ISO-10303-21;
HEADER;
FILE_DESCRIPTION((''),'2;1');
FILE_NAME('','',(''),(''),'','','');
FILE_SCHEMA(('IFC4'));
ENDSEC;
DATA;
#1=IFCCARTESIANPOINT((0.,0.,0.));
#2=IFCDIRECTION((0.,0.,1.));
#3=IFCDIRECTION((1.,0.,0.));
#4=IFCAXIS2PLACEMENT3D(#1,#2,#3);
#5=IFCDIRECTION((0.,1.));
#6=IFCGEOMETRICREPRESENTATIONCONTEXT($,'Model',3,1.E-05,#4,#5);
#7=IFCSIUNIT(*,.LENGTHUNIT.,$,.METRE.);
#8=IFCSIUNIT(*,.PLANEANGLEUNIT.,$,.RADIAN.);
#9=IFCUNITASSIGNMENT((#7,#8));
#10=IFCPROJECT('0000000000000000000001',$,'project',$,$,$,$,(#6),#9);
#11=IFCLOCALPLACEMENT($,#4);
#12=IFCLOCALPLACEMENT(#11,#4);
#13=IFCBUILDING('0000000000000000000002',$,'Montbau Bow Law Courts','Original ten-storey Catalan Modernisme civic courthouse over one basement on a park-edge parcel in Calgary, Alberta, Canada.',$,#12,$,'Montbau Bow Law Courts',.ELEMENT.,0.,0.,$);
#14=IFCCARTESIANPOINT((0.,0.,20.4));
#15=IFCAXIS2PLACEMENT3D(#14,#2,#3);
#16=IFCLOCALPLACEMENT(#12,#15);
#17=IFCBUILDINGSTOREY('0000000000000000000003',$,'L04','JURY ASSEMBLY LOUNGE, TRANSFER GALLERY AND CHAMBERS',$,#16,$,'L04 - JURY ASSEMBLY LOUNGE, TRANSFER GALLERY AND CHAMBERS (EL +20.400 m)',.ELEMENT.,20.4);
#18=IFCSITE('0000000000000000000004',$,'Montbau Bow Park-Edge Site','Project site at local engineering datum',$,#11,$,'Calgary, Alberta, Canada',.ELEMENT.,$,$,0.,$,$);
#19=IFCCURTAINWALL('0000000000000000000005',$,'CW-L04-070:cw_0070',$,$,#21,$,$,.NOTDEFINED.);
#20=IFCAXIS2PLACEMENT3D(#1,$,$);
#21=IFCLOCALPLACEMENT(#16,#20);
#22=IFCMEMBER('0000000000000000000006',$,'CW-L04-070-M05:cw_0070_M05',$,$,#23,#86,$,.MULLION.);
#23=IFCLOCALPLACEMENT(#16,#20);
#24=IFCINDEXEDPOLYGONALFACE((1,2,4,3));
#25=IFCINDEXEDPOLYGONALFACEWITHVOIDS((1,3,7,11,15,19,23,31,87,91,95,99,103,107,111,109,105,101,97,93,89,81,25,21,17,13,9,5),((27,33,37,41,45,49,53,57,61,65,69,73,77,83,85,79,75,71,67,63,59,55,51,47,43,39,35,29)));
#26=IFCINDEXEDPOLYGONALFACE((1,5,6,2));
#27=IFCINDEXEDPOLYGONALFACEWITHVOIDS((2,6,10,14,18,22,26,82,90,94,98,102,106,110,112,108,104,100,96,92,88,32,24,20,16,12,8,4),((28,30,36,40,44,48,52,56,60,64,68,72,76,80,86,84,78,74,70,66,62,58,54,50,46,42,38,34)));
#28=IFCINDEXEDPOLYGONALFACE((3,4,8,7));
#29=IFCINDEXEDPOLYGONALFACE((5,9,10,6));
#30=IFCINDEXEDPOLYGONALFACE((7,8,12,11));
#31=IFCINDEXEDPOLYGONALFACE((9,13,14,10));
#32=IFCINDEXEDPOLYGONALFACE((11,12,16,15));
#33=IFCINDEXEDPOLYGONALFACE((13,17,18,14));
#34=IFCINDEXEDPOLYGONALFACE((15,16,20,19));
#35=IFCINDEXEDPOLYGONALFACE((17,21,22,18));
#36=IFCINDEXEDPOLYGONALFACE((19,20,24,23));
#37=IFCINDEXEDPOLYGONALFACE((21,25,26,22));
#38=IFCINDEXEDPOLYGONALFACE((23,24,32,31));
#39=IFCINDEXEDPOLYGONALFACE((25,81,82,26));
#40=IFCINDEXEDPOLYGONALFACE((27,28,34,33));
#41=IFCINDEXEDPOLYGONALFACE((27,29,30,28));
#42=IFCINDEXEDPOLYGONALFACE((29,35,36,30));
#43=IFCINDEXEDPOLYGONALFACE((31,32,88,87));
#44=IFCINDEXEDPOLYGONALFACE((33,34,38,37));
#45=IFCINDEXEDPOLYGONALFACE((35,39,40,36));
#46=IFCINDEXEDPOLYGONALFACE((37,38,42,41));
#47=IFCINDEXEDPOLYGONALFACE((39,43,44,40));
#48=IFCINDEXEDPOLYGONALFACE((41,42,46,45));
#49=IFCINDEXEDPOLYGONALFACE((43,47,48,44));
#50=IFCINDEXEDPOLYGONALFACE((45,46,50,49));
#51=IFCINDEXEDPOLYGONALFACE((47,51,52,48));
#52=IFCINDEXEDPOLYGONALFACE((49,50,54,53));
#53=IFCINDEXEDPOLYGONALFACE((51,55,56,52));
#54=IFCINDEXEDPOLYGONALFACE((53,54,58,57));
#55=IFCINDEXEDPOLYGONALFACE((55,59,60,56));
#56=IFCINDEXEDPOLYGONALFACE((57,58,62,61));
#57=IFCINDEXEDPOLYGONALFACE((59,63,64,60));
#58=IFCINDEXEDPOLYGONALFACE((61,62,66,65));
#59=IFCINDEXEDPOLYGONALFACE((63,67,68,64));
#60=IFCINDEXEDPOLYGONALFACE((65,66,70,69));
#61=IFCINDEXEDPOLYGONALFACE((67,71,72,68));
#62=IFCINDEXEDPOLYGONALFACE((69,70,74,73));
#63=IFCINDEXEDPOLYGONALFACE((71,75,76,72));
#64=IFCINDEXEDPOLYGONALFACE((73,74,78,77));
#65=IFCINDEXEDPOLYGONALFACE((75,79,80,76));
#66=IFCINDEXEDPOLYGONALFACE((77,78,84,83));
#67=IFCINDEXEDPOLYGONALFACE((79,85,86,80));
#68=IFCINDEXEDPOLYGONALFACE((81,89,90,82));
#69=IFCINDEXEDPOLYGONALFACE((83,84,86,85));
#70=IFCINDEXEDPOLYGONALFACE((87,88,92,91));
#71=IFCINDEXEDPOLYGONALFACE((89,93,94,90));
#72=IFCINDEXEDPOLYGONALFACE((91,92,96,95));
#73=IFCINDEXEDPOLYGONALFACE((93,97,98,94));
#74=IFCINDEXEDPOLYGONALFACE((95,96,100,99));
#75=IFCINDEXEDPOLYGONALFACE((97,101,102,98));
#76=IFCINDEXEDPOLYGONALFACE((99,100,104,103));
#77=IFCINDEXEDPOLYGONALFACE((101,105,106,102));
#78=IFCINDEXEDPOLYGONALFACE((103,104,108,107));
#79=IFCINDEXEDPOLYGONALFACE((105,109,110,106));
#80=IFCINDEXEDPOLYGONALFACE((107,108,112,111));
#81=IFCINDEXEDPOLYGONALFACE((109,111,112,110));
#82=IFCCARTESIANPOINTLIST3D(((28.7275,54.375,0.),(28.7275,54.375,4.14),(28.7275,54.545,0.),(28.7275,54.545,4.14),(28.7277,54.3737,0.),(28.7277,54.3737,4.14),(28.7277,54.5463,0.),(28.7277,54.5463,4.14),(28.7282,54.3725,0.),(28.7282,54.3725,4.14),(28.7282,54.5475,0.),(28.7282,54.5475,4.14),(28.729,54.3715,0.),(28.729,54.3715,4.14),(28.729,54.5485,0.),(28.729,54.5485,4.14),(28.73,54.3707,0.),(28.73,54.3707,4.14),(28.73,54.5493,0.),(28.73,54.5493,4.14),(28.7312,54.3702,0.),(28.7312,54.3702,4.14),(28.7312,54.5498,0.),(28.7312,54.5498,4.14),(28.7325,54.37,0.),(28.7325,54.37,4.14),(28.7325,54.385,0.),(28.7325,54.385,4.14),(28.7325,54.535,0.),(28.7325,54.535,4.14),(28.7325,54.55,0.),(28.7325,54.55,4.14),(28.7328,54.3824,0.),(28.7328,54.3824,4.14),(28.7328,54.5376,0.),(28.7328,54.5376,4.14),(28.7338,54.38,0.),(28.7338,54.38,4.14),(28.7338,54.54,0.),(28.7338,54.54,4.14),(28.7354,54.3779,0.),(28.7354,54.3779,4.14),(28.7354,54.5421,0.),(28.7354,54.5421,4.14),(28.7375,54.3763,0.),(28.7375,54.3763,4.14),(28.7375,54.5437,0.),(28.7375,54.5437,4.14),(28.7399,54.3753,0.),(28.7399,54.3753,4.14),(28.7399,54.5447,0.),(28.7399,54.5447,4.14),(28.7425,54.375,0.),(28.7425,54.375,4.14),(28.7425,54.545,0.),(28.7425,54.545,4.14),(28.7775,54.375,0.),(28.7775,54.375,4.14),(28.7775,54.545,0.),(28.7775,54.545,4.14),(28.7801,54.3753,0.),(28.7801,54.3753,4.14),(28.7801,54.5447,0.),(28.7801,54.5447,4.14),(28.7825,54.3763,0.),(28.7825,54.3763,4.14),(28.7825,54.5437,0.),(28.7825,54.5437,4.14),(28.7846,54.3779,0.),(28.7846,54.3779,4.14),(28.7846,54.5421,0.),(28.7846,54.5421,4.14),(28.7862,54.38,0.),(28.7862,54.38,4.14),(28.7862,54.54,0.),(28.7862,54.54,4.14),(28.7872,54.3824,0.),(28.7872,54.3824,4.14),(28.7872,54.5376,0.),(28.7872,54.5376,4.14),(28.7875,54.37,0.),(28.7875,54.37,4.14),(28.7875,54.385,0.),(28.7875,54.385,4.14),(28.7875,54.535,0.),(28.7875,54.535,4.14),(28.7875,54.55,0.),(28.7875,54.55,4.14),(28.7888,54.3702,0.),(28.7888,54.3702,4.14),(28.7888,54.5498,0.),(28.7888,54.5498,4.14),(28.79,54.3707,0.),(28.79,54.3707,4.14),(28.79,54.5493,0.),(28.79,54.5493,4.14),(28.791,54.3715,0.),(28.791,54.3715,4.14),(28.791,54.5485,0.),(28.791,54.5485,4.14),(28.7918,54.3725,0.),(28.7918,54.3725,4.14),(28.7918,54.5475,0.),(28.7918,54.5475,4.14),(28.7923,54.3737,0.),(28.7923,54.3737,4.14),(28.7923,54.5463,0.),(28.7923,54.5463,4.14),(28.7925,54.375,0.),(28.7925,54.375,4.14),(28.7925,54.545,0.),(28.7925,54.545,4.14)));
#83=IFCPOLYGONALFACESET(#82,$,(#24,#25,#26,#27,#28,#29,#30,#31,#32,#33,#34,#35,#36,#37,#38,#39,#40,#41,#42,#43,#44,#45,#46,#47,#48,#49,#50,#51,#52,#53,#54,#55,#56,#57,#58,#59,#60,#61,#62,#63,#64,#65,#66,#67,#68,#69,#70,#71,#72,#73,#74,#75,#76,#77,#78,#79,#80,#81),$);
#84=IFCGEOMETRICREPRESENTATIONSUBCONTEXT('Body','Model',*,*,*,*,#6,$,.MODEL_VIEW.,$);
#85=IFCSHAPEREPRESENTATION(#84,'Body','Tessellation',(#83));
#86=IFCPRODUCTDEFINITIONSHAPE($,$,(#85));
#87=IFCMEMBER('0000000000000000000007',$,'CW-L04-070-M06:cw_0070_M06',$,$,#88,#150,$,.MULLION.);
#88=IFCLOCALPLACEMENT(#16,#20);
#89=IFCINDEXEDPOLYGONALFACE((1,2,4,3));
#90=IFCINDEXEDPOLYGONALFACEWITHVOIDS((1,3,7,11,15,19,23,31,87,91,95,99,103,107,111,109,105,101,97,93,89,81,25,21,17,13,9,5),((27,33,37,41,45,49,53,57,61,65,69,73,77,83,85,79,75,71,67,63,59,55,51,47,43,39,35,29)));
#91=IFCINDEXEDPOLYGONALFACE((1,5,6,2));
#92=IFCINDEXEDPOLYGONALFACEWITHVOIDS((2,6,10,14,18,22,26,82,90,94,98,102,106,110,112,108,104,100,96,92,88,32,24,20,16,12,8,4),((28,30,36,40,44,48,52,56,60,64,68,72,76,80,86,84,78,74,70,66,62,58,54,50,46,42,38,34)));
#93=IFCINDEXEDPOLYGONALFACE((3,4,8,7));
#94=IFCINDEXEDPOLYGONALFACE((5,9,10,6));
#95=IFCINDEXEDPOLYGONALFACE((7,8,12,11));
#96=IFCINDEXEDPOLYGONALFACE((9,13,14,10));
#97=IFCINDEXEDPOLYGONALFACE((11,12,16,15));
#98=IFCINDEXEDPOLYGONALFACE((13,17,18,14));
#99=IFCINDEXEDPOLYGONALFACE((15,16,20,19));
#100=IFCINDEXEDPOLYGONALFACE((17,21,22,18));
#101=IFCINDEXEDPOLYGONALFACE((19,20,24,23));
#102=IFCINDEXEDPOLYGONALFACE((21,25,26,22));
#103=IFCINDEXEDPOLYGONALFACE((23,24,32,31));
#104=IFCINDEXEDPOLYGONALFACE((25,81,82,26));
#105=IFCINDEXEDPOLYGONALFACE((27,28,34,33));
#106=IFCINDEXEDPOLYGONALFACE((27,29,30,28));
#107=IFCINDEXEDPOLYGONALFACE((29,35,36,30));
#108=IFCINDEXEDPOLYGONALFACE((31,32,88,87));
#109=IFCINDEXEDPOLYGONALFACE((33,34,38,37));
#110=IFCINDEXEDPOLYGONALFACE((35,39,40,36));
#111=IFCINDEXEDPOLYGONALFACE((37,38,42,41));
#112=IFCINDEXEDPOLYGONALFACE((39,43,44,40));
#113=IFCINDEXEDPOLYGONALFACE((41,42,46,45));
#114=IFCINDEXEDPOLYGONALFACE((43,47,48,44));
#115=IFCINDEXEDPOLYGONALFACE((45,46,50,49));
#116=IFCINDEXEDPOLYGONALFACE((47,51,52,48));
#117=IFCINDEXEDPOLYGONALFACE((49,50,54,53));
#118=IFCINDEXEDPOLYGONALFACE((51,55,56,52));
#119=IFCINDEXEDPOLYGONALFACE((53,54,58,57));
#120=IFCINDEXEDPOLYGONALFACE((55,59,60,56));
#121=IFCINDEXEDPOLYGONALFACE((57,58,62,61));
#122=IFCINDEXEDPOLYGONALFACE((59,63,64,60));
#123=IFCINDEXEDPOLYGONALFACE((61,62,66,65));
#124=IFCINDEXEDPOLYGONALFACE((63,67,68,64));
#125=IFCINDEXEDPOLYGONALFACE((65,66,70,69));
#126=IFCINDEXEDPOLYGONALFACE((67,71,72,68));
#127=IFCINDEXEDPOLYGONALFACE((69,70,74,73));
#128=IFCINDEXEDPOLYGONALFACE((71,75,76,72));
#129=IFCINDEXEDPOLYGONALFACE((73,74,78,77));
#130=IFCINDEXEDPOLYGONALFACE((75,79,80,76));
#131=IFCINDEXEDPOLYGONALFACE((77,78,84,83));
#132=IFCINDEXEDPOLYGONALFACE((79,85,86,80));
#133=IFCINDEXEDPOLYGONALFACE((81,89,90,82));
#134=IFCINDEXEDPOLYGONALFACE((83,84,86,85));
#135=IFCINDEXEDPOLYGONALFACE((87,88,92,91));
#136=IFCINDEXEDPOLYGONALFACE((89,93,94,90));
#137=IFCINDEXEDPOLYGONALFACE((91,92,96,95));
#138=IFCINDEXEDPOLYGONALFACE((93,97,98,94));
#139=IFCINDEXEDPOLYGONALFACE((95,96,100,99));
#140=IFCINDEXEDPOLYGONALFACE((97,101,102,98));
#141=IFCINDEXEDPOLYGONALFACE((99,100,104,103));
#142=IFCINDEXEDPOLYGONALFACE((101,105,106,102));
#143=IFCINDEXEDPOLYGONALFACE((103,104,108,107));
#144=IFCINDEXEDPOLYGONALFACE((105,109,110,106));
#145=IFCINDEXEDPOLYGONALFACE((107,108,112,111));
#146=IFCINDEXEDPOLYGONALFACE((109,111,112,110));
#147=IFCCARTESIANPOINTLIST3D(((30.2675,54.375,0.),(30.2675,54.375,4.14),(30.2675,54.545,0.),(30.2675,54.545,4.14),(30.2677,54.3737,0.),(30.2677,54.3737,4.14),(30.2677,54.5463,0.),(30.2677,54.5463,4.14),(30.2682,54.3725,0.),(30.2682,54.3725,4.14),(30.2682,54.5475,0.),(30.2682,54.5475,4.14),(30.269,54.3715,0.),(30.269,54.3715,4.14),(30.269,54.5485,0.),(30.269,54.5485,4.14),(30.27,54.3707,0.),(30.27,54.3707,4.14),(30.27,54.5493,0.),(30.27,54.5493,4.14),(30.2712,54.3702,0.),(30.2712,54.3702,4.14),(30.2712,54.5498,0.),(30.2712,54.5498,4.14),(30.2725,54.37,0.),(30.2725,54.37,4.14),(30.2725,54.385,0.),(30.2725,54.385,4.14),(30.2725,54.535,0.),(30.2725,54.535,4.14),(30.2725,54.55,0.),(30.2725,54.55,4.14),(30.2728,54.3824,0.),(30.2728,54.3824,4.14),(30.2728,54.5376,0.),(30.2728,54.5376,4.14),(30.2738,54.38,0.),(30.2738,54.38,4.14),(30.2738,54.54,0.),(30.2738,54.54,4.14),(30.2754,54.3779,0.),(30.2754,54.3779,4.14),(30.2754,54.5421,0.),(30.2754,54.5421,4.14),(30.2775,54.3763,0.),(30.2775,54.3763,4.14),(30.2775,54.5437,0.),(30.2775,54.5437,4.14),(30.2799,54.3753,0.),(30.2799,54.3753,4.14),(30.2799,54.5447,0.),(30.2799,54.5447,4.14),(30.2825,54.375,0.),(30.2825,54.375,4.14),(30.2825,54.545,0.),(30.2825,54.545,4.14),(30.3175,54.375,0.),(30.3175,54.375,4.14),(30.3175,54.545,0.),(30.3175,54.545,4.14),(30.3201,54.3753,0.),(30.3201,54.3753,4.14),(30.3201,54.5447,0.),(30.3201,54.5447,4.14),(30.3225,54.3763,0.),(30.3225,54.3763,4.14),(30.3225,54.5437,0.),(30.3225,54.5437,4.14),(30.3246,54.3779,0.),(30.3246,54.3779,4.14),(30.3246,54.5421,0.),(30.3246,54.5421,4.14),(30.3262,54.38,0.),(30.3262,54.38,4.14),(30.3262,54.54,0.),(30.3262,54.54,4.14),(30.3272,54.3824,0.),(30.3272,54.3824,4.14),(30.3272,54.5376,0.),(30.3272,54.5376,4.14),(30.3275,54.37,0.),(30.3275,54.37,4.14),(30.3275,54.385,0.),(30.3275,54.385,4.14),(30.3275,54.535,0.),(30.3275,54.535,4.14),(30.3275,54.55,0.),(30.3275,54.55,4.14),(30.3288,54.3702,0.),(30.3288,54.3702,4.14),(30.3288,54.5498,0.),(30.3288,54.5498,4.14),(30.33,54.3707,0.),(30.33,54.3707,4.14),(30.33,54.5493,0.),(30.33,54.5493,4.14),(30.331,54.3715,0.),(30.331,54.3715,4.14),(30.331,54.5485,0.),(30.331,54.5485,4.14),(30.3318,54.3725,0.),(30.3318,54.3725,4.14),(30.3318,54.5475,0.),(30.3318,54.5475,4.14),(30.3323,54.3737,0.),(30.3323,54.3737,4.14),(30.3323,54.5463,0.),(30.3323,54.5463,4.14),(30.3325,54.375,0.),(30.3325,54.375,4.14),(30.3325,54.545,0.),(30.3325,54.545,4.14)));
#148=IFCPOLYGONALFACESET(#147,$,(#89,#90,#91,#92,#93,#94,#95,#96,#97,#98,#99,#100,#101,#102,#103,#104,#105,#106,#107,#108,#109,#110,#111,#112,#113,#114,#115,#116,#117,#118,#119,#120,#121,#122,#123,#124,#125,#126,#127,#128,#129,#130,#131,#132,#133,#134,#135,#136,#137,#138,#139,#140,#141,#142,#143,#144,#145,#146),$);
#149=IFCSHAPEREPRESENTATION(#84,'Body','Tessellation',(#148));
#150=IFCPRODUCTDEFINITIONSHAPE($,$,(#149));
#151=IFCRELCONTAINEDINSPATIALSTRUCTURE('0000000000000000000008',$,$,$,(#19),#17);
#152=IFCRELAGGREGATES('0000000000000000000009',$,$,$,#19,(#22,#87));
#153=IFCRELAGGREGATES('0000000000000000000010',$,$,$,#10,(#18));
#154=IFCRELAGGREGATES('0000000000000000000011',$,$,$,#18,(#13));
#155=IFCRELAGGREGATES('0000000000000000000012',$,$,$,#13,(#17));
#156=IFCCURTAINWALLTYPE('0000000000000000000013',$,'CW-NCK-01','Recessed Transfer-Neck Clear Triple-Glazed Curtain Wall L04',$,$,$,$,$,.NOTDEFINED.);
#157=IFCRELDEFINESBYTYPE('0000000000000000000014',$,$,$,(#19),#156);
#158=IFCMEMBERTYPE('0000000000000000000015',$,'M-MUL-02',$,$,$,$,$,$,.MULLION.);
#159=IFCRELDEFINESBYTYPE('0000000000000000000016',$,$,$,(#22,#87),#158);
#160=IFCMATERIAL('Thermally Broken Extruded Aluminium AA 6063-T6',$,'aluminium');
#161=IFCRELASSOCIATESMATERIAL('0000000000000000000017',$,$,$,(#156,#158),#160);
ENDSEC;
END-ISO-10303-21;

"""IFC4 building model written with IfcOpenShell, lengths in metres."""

from ifc_helpers import new_model, si_unit, direction, frame, origin_with_axes, origin_2d_with_axis, place, context, subcontext, project, spatial, hollow_rectangle, extrude, material, material_profile, profile_set, type_object, element, aggregate, save


model = new_model("IFC4")

# Units and contexts
model_context = context("Model", 3, precision=1e-05, world=origin_with_axes(), true_north=direction((0.0, 1.0)))
body_context = subcontext(model_context, "Body", "Model", "MODEL_VIEW")
ifc_project = project(units=[si_unit("LENGTHUNIT", "METRE"), si_unit("PLANEANGLEUNIT", "RADIAN")], contexts=[model_context])

# Site, building, storey
site_placement = place(None, origin_with_axes())
site = spatial("IfcSite", under=ifc_project, at=site_placement, Name="Montbau Bow Park-Edge Site", Description="Project site at local engineering datum", LongName="Calgary, Alberta, Canada", CompositionType="ELEMENT", RefElevation=0.0)
building_placement = place(site_placement, origin_with_axes())
building = spatial("IfcBuilding", under=site, at=building_placement, Name="Montbau Bow Law Courts", Description="Original ten-storey Catalan Modernisme civic courthouse over one basement on a park-edge parcel in Calgary, Alberta, Canada.", LongName="Montbau Bow Law Courts", CompositionType="ELEMENT", ElevationOfRefHeight=0.0, ElevationOfTerrain=0.0)
storey_placement = place(building_placement, frame((0.0, 0.0, 20.4), z_axis=(0.0, 0.0, 1.0), x_axis=(1.0, 0.0, 0.0)))
storey = spatial("IfcBuildingStorey", under=building, at=storey_placement, Name="L04", Description="JURY ASSEMBLY LOUNGE, TRANSFER GALLERY AND CHAMBERS", LongName="L04 - JURY ASSEMBLY LOUNGE, TRANSFER GALLERY AND CHAMBERS (EL +20.400 m)", CompositionType="ELEMENT", Elevation=20.4)

# Curtain wall, members
ifc_material_1 = material(Name="Thermally Broken Extruded Aluminium AA 6063-T6", Category="aluminium")
curtain_wall_type = type_object("IfcCurtainWallType", Name="CW-NCK-01", Description="Recessed Transfer-Neck Clear Triple-Glazed Curtain Wall L04", PredefinedType="NOTDEFINED", material=ifc_material_1)
curtain_wall_placement = place(None, frame((22.467, 54.46, 20.4), z_axis=(0.0, 0.0, 1.0), x_axis=(1.0, 0.0, 0.0)))
curtain_wall = element("IfcCurtainWall", 1, at=curtain_wall_placement, inside=storey, type_object=curtain_wall_type, Name="CW-L04-070:cw_0070", PredefinedType="NOTDEFINED")
ifc_material_profile_1 = material_profile(ifc_material_1, hollow_rectangle(XDim=0.065, YDim=0.18, WallThickness=0.005, InnerFilletRadius=0.01, OuterFilletRadius=0.005, at=origin_2d_with_axis()), Name="CWM-180X65", Category="Main", Priority=0)
ifc_profile_set_1 = profile_set([ifc_material_profile_1], Name="Thermally Broken Extruded Aluminium AA 6063-T6")
member_type_1 = type_object("IfcMemberType", Name="M-MUL-02", PredefinedType="MULLION", material=ifc_profile_set_1)
member_1_placement = place(None, frame((28.76, 54.46, 20.4), z_axis=(0.0, 0.0, 1.0), x_axis=(1.0, 0.0, 0.0)))
member_1 = element("IfcMember", 2, at=member_1_placement, type_object=member_type_1, Name="CW-L04-070-M05:cw_0070_M05", PredefinedType="MULLION", context=body_context, shape_type="SweptSolid", body=[
    extrude(hollow_rectangle(XDim=0.065, YDim=0.18, WallThickness=0.005, InnerFilletRadius=0.01, OuterFilletRadius=0.005, at=origin_2d_with_axis()), origin_with_axes(), (0.0, 0.0, 1.0), 4.14),
])
member_2_placement = place(None, frame((30.3, 54.46, 20.4), z_axis=(0.0, 0.0, 1.0), x_axis=(1.0, 0.0, 0.0)))
member_2 = element("IfcMember", 3, at=member_2_placement, type_object=member_type_1, Name="CW-L04-070-M06:cw_0070_M06", PredefinedType="MULLION", context=body_context, shape_type="SweptSolid", body=[
    extrude(hollow_rectangle(XDim=0.065, YDim=0.18, WallThickness=0.005, InnerFilletRadius=0.01, OuterFilletRadius=0.005, at=origin_2d_with_axis()), origin_with_axes(), (0.0, 0.0, 1.0), 4.14),
])
aggregate(curtain_wall, [member_1, member_2])

save(model, "model.ifc")
